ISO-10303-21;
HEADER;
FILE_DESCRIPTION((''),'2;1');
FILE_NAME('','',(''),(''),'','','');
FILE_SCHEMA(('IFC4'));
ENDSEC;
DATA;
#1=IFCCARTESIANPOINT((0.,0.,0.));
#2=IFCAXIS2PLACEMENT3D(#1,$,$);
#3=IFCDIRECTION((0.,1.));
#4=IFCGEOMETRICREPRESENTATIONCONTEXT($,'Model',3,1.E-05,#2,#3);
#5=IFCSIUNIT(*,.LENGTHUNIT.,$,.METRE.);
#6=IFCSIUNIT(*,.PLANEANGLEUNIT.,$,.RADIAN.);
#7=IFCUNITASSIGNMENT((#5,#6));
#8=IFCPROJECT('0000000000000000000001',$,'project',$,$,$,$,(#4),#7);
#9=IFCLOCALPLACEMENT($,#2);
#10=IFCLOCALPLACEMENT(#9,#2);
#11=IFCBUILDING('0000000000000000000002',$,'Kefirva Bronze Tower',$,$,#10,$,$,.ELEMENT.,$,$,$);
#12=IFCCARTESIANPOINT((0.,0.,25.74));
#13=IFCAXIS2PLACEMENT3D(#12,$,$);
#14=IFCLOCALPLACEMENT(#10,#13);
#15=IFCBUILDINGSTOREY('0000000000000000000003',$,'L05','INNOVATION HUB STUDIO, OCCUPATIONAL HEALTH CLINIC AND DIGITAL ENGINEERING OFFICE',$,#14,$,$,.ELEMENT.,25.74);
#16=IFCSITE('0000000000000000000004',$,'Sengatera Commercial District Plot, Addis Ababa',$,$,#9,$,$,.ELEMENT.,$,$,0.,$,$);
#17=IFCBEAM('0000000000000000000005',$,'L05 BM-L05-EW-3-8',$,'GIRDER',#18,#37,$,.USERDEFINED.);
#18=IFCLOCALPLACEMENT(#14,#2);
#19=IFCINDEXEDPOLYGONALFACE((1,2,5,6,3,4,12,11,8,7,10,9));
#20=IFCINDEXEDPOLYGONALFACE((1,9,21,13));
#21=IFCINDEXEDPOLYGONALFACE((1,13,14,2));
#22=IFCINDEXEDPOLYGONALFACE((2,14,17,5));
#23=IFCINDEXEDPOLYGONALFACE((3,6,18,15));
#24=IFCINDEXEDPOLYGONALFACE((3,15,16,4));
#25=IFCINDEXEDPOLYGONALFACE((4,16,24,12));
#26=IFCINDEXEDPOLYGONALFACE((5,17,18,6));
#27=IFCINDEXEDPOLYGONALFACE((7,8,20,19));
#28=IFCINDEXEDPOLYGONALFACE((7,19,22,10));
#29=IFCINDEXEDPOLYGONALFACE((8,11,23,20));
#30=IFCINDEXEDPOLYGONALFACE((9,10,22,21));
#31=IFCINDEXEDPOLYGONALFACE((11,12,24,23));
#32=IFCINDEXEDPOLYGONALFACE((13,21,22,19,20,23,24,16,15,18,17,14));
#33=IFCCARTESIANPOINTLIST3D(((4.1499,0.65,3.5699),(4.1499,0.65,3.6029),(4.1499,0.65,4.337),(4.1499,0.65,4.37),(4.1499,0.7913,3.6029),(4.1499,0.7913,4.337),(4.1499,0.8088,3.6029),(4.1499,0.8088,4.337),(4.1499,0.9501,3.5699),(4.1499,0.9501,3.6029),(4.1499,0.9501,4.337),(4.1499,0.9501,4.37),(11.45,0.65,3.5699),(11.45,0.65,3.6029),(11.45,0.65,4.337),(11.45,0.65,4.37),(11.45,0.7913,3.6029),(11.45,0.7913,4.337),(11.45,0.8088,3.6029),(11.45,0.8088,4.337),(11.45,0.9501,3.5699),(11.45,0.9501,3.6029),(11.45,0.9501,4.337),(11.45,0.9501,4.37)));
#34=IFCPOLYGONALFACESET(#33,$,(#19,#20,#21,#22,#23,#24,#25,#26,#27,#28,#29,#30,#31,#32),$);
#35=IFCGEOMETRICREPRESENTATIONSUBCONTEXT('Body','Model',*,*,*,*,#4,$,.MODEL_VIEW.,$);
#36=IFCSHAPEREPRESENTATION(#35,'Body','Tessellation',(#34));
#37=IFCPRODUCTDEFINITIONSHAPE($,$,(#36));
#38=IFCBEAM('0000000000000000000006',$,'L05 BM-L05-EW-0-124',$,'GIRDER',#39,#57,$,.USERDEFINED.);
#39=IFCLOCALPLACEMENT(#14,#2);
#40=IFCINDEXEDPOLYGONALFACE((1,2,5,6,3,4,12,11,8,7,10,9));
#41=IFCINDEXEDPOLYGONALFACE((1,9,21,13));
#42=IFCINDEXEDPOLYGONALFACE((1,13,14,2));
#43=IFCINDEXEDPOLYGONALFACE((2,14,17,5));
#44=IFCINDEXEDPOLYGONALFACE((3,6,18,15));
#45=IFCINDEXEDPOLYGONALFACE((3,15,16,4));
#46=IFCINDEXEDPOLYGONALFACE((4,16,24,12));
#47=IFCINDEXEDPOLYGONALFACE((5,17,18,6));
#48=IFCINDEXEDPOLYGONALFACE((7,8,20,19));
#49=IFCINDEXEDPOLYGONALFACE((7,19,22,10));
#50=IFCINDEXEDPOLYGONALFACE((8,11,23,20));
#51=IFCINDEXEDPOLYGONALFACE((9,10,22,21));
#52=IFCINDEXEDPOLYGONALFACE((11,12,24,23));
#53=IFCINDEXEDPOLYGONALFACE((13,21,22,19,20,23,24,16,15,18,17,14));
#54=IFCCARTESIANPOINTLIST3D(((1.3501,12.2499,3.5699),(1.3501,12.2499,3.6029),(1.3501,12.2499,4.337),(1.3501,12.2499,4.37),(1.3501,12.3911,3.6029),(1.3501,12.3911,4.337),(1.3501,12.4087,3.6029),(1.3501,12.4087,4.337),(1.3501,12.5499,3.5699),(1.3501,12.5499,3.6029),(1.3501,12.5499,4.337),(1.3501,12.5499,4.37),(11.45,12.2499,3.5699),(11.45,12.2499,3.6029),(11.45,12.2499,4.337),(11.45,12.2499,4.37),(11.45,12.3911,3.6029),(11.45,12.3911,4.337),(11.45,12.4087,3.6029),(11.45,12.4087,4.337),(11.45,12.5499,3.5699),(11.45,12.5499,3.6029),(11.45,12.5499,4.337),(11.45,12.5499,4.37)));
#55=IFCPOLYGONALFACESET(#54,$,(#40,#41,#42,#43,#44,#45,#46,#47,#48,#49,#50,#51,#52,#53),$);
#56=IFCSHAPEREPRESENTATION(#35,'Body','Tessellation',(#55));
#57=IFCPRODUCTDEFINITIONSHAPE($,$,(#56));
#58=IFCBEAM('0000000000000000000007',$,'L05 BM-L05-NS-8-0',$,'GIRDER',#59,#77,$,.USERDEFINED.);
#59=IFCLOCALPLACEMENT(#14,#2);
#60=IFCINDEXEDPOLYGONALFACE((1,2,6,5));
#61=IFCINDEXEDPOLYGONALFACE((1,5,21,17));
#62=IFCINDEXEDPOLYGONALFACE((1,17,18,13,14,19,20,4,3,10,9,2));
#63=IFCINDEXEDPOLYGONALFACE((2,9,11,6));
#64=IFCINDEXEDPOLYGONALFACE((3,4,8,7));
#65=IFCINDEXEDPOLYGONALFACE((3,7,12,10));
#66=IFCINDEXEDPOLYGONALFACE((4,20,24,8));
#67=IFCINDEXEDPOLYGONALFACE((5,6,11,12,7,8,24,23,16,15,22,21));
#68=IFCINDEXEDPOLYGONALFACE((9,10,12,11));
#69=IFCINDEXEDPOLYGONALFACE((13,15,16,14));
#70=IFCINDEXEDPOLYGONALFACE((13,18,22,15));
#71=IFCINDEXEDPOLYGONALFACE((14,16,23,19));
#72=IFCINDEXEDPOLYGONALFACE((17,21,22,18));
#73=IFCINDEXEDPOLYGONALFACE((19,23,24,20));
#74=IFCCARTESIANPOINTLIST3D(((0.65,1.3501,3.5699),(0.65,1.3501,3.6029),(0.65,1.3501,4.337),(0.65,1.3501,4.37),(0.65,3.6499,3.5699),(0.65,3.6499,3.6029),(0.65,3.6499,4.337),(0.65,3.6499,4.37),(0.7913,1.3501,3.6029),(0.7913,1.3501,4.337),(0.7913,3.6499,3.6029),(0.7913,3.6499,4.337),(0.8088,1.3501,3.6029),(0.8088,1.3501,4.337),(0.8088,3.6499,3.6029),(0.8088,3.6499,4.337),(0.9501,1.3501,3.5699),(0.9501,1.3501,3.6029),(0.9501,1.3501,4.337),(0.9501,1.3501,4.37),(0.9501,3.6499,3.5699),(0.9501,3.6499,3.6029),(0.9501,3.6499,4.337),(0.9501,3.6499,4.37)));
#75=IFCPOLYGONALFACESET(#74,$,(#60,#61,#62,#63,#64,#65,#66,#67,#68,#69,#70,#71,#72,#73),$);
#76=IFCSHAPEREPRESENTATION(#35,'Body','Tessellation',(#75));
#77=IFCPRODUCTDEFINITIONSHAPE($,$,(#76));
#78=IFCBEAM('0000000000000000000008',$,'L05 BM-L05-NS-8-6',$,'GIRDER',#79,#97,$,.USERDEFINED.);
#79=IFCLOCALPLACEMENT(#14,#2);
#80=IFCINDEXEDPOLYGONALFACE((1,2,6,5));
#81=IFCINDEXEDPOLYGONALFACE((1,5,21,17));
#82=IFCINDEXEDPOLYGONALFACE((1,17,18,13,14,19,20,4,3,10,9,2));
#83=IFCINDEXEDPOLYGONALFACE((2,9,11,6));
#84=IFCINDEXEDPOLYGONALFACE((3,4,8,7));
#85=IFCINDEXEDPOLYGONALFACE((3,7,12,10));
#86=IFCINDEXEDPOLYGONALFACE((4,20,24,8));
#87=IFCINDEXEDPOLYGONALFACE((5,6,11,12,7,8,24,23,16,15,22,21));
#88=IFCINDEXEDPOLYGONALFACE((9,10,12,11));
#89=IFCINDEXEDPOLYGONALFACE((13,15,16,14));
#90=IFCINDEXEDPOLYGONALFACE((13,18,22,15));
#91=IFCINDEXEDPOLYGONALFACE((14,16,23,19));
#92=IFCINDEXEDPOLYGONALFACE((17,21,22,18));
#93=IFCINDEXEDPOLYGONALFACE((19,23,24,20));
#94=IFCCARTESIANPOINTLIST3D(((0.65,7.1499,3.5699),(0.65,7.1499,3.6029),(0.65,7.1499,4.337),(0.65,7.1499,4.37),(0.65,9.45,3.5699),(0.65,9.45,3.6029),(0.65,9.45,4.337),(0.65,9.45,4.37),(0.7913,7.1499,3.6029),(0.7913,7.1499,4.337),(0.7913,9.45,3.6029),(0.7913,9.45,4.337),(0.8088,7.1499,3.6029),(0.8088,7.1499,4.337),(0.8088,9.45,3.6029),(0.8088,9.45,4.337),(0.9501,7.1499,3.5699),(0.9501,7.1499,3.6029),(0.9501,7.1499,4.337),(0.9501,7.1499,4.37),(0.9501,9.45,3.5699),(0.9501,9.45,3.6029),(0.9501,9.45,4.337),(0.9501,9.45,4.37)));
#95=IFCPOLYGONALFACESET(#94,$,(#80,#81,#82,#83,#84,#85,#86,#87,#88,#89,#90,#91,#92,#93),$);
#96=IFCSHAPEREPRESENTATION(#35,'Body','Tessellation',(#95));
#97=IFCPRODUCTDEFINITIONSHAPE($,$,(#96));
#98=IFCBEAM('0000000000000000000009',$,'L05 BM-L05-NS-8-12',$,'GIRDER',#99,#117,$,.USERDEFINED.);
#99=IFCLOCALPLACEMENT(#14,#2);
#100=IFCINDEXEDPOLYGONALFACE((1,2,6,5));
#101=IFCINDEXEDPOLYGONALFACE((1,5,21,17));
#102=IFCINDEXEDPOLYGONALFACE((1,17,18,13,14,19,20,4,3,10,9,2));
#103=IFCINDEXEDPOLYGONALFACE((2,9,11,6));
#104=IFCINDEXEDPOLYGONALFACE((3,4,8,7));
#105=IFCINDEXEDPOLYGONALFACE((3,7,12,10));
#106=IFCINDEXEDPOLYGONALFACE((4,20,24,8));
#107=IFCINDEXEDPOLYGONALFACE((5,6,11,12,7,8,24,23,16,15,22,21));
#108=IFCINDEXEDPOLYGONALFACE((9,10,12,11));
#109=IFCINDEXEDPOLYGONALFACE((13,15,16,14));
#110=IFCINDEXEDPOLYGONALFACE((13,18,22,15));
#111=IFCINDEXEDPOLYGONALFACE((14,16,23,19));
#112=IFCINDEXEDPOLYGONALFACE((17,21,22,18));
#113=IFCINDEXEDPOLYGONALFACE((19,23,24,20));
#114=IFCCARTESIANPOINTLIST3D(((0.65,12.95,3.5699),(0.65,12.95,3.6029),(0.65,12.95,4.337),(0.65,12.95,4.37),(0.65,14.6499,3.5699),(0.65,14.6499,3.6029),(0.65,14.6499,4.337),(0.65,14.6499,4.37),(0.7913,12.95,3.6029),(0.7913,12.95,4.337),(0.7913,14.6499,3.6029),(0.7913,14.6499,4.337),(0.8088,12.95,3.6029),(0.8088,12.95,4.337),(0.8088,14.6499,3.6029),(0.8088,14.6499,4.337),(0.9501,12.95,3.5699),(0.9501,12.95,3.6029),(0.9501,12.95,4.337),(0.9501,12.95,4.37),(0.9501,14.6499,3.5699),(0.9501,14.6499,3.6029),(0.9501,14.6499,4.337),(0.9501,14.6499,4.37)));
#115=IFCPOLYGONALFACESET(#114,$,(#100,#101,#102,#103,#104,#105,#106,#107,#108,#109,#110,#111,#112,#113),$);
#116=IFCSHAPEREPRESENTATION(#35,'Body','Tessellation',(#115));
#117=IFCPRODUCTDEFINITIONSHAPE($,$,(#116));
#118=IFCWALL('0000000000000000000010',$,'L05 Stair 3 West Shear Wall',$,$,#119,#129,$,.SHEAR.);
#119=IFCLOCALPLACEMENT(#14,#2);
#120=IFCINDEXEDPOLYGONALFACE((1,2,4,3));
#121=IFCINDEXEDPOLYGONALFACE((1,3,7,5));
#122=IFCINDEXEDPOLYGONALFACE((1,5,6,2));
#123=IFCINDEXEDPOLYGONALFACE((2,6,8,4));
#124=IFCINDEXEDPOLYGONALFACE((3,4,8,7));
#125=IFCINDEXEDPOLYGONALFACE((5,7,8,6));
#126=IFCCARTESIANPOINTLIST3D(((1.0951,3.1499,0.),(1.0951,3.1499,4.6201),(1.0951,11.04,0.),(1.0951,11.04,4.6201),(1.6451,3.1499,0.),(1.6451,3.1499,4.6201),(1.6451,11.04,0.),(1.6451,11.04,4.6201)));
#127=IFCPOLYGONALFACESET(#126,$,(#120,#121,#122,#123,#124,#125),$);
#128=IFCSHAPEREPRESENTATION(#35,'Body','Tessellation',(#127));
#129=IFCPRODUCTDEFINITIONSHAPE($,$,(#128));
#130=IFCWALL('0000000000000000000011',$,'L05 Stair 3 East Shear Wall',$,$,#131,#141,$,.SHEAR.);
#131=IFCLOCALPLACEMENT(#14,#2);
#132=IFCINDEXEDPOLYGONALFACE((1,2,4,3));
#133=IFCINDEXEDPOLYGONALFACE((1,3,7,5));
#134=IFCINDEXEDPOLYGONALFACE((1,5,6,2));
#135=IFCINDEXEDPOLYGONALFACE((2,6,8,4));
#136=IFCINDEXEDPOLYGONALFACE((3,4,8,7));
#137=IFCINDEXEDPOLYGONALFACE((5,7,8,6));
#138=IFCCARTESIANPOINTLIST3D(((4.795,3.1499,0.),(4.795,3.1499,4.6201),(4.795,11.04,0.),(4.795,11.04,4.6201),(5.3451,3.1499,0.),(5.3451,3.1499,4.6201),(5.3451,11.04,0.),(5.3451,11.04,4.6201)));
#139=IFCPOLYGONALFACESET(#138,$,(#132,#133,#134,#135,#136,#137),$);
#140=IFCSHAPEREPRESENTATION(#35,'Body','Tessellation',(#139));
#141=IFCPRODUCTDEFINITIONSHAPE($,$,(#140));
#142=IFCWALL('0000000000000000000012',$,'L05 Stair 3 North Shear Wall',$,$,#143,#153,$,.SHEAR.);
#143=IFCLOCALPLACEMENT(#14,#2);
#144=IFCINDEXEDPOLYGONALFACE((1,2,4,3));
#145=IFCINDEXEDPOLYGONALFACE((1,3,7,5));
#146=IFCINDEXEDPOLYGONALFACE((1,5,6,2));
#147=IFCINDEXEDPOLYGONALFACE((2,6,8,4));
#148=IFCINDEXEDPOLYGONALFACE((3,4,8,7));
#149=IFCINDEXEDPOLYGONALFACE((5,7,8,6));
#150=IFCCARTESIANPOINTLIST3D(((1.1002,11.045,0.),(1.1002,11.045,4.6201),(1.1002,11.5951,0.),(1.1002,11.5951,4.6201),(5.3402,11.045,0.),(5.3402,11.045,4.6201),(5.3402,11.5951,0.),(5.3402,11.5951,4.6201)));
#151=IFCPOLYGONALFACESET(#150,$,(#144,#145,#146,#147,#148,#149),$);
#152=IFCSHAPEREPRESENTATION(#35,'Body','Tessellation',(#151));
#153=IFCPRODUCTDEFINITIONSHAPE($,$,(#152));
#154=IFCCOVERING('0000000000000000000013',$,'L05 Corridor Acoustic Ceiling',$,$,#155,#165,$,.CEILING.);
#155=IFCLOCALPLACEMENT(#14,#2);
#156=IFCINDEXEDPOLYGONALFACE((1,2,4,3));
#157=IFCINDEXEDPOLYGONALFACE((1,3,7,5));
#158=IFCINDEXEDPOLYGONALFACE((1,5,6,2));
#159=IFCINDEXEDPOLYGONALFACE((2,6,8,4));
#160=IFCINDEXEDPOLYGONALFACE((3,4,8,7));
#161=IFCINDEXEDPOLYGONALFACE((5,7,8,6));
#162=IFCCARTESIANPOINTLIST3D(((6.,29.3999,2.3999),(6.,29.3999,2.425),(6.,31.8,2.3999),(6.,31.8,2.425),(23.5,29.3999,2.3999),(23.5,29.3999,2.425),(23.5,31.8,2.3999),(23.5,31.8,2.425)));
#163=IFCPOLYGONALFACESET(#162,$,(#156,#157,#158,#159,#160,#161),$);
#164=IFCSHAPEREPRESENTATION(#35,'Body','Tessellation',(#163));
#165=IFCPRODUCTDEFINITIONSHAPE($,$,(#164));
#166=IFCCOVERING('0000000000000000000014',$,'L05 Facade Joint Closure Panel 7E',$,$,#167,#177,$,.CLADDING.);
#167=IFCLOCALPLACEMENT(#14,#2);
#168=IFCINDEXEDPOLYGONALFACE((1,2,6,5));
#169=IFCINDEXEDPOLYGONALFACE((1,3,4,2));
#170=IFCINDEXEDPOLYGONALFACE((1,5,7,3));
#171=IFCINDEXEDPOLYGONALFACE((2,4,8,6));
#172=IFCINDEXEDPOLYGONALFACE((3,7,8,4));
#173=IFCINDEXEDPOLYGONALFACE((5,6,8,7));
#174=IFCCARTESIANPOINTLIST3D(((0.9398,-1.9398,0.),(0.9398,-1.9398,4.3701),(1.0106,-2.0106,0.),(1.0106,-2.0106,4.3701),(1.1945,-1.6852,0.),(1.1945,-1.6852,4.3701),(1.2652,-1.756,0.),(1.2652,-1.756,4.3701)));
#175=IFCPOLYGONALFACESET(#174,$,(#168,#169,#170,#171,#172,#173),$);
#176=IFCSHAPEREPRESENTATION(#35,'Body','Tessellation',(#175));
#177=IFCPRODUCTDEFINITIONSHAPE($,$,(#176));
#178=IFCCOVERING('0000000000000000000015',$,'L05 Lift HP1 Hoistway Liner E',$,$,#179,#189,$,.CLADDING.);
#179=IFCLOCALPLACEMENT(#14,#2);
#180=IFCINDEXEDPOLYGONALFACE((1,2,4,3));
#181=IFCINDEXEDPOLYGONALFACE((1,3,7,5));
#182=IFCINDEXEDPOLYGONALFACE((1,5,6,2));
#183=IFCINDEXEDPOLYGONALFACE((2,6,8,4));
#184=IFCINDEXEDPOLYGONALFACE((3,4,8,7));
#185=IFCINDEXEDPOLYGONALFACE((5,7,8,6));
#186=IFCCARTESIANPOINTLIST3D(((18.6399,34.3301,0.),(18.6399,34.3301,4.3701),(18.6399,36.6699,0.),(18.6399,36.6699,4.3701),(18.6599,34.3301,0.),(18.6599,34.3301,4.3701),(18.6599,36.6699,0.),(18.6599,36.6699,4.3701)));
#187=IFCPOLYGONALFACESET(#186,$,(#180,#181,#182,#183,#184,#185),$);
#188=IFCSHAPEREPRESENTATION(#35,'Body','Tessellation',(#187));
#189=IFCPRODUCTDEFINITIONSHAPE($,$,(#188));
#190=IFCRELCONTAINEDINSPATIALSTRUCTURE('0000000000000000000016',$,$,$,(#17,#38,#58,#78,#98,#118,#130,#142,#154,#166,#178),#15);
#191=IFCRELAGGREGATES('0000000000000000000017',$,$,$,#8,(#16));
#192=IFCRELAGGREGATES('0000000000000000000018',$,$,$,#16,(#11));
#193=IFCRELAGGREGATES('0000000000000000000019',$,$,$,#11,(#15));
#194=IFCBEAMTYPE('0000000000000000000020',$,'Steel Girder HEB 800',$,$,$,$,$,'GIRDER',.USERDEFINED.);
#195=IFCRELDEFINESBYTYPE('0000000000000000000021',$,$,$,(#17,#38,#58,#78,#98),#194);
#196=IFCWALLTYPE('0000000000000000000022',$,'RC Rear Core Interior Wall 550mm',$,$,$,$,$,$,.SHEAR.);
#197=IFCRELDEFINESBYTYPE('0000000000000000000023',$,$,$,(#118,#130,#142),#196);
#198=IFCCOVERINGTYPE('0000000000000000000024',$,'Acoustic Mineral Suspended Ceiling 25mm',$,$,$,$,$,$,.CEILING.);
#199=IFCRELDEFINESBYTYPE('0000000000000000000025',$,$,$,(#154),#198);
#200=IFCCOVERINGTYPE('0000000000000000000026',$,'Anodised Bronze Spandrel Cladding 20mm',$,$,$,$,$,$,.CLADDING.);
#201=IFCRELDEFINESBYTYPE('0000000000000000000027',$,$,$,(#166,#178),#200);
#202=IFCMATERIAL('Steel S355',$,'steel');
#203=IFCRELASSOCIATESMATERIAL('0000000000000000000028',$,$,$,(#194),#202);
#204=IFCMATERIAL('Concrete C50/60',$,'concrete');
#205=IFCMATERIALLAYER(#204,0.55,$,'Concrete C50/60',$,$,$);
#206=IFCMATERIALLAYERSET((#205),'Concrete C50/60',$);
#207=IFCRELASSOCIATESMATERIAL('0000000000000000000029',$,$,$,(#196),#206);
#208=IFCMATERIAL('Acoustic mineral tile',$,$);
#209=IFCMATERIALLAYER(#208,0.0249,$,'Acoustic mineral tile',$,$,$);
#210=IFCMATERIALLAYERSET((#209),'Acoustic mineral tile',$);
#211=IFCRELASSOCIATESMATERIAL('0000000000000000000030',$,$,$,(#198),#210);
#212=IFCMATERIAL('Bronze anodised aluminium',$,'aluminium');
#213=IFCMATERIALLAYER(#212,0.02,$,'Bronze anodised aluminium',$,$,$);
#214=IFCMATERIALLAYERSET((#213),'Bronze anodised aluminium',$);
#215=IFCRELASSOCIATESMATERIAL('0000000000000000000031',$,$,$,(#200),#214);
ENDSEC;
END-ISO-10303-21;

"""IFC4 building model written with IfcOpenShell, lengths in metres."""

from ifc_helpers import new_model, si_unit, direction, frame, frame_2d, origin, origin_2d, place, context, subcontext, project, spatial, polyline, rectangle, i_section, outline, extrude, material, layer, layer_set, material_profile, profile_set, type_object, element, save


model = new_model("IFC4")

# Units and contexts
model_context = context("Model", 3, precision=1e-05, world=origin(), true_north=direction((0.0, 1.0)))
body_context = subcontext(model_context, "Body", "Model", "MODEL_VIEW")
ifc_project = project(units=[si_unit("LENGTHUNIT", "METRE"), si_unit("PLANEANGLEUNIT", "RADIAN")], contexts=[model_context])

# Site, building, storey
site_placement = place(None, origin())
site = spatial("IfcSite", under=ifc_project, at=site_placement, Name="Sengatera Commercial District Plot, Addis Ababa", CompositionType="ELEMENT", RefElevation=0.0)
building_placement = place(site_placement, origin())
building = spatial("IfcBuilding", under=site, at=building_placement, Name="Kefirva Bronze Tower", CompositionType="ELEMENT")
storey_placement = place(building_placement, frame((0.0, 0.0, 25.74)))
storey = spatial("IfcBuildingStorey", under=building, at=storey_placement, Name="L05", Description="INNOVATION HUB STUDIO, OCCUPATIONAL HEALTH CLINIC AND DIGITAL ENGINEERING OFFICE", CompositionType="ELEMENT", Elevation=25.74)

# Shared definitions
ifc_material_1 = material(Name="Bronze anodised aluminium", Category="aluminium")

# Beams
ifc_material_2 = material(Name="Concrete C50/60", Category="concrete")
ifc_material_3 = material(Name="Steel S355", Category="steel")
ifc_material_profile_1 = material_profile(ifc_material_3, i_section(OverallWidth=0.3, OverallDepth=0.8, WebThickness=0.0176, FlangeThickness=0.033, at=origin_2d()), Name="HEB 800")
ifc_profile_set_1 = profile_set([ifc_material_profile_1], Name="Steel S355")
beam_type_1 = type_object("IfcBeamType", Name="Steel Girder HEB 800", ElementType="GIRDER", PredefinedType="USERDEFINED", material=ifc_profile_set_1)
beam_1_placement = place(storey_placement, frame((4.1499, 0.8, 3.97), z_axis=(1.0, 0.0, 0.0), x_axis=(0.0, 1.0, 0.0)))
element("IfcBeam", 1, at=beam_1_placement, inside=storey, type_object=beam_type_1, Name="L05 BM-L05-EW-3-8", ObjectType="GIRDER", PredefinedType="USERDEFINED", context=body_context, shape_type="SweptSolid", body=[
    extrude(i_section(OverallWidth=0.3, OverallDepth=0.8, WebThickness=0.0176, FlangeThickness=0.033, at=origin_2d()), origin(), (0.0, 0.0, 1.0), 7.3),
])
beam_2_placement = place(storey_placement, frame((1.3501, 12.3999, 3.97), z_axis=(1.0, 0.0, 0.0), x_axis=(0.0, 1.0, 0.0)))
element("IfcBeam", 2, at=beam_2_placement, inside=storey, type_object=beam_type_1, Name="L05 BM-L05-EW-0-124", ObjectType="GIRDER", PredefinedType="USERDEFINED", context=body_context, shape_type="SweptSolid", body=[
    extrude(i_section(OverallWidth=0.3, OverallDepth=0.8, WebThickness=0.0176, FlangeThickness=0.033, at=origin_2d()), origin(), (0.0, 0.0, 1.0), 10.0999),
])
beam_3_placement = place(storey_placement, frame((0.8, 1.3501, 3.97), z_axis=(0.0, 1.0, 0.0), x_axis=(-1.0, 0.0, 0.0)))
element("IfcBeam", 3, at=beam_3_placement, inside=storey, type_object=beam_type_1, Name="L05 BM-L05-NS-8-0", ObjectType="GIRDER", PredefinedType="USERDEFINED", context=body_context, shape_type="SweptSolid", body=[
    extrude(i_section(OverallWidth=0.3, OverallDepth=0.8, WebThickness=0.0176, FlangeThickness=0.033, at=origin_2d()), origin(), (0.0, 0.0, 1.0), 2.2998),
])
beam_4_placement = place(storey_placement, frame((0.8, 7.1499, 3.97), z_axis=(0.0, 1.0, 0.0), x_axis=(-1.0, 0.0, 0.0)))
element("IfcBeam", 4, at=beam_4_placement, inside=storey, type_object=beam_type_1, Name="L05 BM-L05-NS-8-6", ObjectType="GIRDER", PredefinedType="USERDEFINED", context=body_context, shape_type="SweptSolid", body=[
    extrude(i_section(OverallWidth=0.3, OverallDepth=0.8, WebThickness=0.0176, FlangeThickness=0.033, at=origin_2d()), origin(), (0.0, 0.0, 1.0), 2.3),
])
beam_5_placement = place(storey_placement, frame((0.8, 12.95, 3.97), z_axis=(0.0, 1.0, 0.0), x_axis=(-1.0, 0.0, 0.0)))
element("IfcBeam", 5, at=beam_5_placement, inside=storey, type_object=beam_type_1, Name="L05 BM-L05-NS-8-12", ObjectType="GIRDER", PredefinedType="USERDEFINED", context=body_context, shape_type="SweptSolid", body=[
    extrude(i_section(OverallWidth=0.3, OverallDepth=0.8, WebThickness=0.0176, FlangeThickness=0.033, at=origin_2d()), origin(), (0.0, 0.0, 1.0), 1.7),
])

# Walls
ifc_layer_1 = layer(ifc_material_2, 0.55, Name="Concrete C50/60")
ifc_layer_set_1 = layer_set([ifc_layer_1], Name="Concrete C50/60")
wall_type_1 = type_object("IfcWallType", Name="RC Rear Core Interior Wall 550mm", PredefinedType="SHEAR", material=ifc_layer_set_1)
for number, where, z_axis, x_axis, name in (
    (6, (1.3701, 3.1499, 0.0), (0.0, 0.0, 1.0), (0.0, 1.0, 0.0), "L05 Stair 3 West Shear Wall"),
    (7, (5.0701, 3.1499, 0.0), (0.0, 0.0, 1.0), (0.0, 1.0, 0.0), "L05 Stair 3 East Shear Wall"),
):
    element("IfcWall", number, at=place(storey_placement, frame(where, z_axis=z_axis, x_axis=x_axis)), inside=storey, type_object=wall_type_1, Name=name, PredefinedType="SHEAR", context=body_context, shape_type="SweptSolid", body=[
        extrude(rectangle(XDim=7.8901, YDim=0.55, at=frame_2d((3.9451, 0.0))), origin(), (0.0, 0.0, 1.0), 4.6201),
    ])
wall_1_placement = place(storey_placement, frame((1.1001, 11.3201, 0.0), z_axis=(0.0, 0.0, 1.0), x_axis=(1.0, 0.0, 0.0)))
element("IfcWall", 8, at=wall_1_placement, inside=storey, type_object=wall_type_1, Name="L05 Stair 3 North Shear Wall", PredefinedType="SHEAR", context=body_context, shape_type="SweptSolid", body=[
    extrude(rectangle(XDim=4.24, YDim=0.55, at=frame_2d((2.1201, 0.0))), origin(), (0.0, 0.0, 1.0), 4.6201),
])

# Coverings
ifc_material_4 = material(Name="Acoustic mineral tile")
ifc_layer_2 = layer(ifc_material_4, 0.0249, Name="Acoustic mineral tile")
ifc_layer_set_2 = layer_set([ifc_layer_2], Name="Acoustic mineral tile")
covering_type_1 = type_object("IfcCoveringType", Name="Acoustic Mineral Suspended Ceiling 25mm", PredefinedType="CEILING", material=ifc_layer_set_2)
covering_1_placement = place(storey_placement, frame((0.0, 0.0, 2.3999)))
element("IfcCovering", 9, at=covering_1_placement, inside=storey, type_object=covering_type_1, Name="L05 Corridor Acoustic Ceiling", PredefinedType="CEILING", context=body_context, shape_type="SweptSolid", body=[
    extrude(outline(polyline([(6.0, 29.3999), (23.5, 29.3999), (23.5, 31.8), (6.0, 31.8), (6.0, 29.3999)])), origin(), (0.0, 0.0, 1.0), 0.0251),
])
ifc_layer_3 = layer(ifc_material_1, 0.02, Name="Bronze anodised aluminium")
ifc_layer_set_3 = layer_set([ifc_layer_3], Name="Bronze anodised aluminium")
covering_type_2 = type_object("IfcCoveringType", Name="Anodised Bronze Spandrel Cladding 20mm", PredefinedType="CLADDING", material=ifc_layer_set_3)
covering_2_placement = place(storey_placement, frame((1.1025, -1.8479, 0.0), z_axis=(0.0, 0.0, 1.0), x_axis=(0.707107, -0.707107, 0.0)))
element("IfcCovering", 10, at=covering_2_placement, inside=storey, type_object=covering_type_2, Name="L05 Facade Joint Closure Panel 7E", PredefinedType="CLADDING", context=body_context, shape_type="SweptSolid", body=[
    extrude(rectangle(XDim=0.1001, YDim=0.3601, at=origin_2d()), origin(), (0.0, 0.0, 1.0), 4.3701),
])
covering_3_placement = place(storey_placement, origin())
element("IfcCovering", 11, at=covering_3_placement, inside=storey, type_object=covering_type_2, Name="L05 Lift HP1 Hoistway Liner E", PredefinedType="CLADDING", context=body_context, shape_type="SweptSolid", body=[
    extrude(outline(polyline([(18.6399, 34.3301), (18.6599, 34.3301), (18.6599, 36.6699), (18.6399, 36.6699), (18.6399, 34.3301)])), origin(), (0.0, 0.0, 1.0), 4.3701),
])

save(model, "model.ifc")
